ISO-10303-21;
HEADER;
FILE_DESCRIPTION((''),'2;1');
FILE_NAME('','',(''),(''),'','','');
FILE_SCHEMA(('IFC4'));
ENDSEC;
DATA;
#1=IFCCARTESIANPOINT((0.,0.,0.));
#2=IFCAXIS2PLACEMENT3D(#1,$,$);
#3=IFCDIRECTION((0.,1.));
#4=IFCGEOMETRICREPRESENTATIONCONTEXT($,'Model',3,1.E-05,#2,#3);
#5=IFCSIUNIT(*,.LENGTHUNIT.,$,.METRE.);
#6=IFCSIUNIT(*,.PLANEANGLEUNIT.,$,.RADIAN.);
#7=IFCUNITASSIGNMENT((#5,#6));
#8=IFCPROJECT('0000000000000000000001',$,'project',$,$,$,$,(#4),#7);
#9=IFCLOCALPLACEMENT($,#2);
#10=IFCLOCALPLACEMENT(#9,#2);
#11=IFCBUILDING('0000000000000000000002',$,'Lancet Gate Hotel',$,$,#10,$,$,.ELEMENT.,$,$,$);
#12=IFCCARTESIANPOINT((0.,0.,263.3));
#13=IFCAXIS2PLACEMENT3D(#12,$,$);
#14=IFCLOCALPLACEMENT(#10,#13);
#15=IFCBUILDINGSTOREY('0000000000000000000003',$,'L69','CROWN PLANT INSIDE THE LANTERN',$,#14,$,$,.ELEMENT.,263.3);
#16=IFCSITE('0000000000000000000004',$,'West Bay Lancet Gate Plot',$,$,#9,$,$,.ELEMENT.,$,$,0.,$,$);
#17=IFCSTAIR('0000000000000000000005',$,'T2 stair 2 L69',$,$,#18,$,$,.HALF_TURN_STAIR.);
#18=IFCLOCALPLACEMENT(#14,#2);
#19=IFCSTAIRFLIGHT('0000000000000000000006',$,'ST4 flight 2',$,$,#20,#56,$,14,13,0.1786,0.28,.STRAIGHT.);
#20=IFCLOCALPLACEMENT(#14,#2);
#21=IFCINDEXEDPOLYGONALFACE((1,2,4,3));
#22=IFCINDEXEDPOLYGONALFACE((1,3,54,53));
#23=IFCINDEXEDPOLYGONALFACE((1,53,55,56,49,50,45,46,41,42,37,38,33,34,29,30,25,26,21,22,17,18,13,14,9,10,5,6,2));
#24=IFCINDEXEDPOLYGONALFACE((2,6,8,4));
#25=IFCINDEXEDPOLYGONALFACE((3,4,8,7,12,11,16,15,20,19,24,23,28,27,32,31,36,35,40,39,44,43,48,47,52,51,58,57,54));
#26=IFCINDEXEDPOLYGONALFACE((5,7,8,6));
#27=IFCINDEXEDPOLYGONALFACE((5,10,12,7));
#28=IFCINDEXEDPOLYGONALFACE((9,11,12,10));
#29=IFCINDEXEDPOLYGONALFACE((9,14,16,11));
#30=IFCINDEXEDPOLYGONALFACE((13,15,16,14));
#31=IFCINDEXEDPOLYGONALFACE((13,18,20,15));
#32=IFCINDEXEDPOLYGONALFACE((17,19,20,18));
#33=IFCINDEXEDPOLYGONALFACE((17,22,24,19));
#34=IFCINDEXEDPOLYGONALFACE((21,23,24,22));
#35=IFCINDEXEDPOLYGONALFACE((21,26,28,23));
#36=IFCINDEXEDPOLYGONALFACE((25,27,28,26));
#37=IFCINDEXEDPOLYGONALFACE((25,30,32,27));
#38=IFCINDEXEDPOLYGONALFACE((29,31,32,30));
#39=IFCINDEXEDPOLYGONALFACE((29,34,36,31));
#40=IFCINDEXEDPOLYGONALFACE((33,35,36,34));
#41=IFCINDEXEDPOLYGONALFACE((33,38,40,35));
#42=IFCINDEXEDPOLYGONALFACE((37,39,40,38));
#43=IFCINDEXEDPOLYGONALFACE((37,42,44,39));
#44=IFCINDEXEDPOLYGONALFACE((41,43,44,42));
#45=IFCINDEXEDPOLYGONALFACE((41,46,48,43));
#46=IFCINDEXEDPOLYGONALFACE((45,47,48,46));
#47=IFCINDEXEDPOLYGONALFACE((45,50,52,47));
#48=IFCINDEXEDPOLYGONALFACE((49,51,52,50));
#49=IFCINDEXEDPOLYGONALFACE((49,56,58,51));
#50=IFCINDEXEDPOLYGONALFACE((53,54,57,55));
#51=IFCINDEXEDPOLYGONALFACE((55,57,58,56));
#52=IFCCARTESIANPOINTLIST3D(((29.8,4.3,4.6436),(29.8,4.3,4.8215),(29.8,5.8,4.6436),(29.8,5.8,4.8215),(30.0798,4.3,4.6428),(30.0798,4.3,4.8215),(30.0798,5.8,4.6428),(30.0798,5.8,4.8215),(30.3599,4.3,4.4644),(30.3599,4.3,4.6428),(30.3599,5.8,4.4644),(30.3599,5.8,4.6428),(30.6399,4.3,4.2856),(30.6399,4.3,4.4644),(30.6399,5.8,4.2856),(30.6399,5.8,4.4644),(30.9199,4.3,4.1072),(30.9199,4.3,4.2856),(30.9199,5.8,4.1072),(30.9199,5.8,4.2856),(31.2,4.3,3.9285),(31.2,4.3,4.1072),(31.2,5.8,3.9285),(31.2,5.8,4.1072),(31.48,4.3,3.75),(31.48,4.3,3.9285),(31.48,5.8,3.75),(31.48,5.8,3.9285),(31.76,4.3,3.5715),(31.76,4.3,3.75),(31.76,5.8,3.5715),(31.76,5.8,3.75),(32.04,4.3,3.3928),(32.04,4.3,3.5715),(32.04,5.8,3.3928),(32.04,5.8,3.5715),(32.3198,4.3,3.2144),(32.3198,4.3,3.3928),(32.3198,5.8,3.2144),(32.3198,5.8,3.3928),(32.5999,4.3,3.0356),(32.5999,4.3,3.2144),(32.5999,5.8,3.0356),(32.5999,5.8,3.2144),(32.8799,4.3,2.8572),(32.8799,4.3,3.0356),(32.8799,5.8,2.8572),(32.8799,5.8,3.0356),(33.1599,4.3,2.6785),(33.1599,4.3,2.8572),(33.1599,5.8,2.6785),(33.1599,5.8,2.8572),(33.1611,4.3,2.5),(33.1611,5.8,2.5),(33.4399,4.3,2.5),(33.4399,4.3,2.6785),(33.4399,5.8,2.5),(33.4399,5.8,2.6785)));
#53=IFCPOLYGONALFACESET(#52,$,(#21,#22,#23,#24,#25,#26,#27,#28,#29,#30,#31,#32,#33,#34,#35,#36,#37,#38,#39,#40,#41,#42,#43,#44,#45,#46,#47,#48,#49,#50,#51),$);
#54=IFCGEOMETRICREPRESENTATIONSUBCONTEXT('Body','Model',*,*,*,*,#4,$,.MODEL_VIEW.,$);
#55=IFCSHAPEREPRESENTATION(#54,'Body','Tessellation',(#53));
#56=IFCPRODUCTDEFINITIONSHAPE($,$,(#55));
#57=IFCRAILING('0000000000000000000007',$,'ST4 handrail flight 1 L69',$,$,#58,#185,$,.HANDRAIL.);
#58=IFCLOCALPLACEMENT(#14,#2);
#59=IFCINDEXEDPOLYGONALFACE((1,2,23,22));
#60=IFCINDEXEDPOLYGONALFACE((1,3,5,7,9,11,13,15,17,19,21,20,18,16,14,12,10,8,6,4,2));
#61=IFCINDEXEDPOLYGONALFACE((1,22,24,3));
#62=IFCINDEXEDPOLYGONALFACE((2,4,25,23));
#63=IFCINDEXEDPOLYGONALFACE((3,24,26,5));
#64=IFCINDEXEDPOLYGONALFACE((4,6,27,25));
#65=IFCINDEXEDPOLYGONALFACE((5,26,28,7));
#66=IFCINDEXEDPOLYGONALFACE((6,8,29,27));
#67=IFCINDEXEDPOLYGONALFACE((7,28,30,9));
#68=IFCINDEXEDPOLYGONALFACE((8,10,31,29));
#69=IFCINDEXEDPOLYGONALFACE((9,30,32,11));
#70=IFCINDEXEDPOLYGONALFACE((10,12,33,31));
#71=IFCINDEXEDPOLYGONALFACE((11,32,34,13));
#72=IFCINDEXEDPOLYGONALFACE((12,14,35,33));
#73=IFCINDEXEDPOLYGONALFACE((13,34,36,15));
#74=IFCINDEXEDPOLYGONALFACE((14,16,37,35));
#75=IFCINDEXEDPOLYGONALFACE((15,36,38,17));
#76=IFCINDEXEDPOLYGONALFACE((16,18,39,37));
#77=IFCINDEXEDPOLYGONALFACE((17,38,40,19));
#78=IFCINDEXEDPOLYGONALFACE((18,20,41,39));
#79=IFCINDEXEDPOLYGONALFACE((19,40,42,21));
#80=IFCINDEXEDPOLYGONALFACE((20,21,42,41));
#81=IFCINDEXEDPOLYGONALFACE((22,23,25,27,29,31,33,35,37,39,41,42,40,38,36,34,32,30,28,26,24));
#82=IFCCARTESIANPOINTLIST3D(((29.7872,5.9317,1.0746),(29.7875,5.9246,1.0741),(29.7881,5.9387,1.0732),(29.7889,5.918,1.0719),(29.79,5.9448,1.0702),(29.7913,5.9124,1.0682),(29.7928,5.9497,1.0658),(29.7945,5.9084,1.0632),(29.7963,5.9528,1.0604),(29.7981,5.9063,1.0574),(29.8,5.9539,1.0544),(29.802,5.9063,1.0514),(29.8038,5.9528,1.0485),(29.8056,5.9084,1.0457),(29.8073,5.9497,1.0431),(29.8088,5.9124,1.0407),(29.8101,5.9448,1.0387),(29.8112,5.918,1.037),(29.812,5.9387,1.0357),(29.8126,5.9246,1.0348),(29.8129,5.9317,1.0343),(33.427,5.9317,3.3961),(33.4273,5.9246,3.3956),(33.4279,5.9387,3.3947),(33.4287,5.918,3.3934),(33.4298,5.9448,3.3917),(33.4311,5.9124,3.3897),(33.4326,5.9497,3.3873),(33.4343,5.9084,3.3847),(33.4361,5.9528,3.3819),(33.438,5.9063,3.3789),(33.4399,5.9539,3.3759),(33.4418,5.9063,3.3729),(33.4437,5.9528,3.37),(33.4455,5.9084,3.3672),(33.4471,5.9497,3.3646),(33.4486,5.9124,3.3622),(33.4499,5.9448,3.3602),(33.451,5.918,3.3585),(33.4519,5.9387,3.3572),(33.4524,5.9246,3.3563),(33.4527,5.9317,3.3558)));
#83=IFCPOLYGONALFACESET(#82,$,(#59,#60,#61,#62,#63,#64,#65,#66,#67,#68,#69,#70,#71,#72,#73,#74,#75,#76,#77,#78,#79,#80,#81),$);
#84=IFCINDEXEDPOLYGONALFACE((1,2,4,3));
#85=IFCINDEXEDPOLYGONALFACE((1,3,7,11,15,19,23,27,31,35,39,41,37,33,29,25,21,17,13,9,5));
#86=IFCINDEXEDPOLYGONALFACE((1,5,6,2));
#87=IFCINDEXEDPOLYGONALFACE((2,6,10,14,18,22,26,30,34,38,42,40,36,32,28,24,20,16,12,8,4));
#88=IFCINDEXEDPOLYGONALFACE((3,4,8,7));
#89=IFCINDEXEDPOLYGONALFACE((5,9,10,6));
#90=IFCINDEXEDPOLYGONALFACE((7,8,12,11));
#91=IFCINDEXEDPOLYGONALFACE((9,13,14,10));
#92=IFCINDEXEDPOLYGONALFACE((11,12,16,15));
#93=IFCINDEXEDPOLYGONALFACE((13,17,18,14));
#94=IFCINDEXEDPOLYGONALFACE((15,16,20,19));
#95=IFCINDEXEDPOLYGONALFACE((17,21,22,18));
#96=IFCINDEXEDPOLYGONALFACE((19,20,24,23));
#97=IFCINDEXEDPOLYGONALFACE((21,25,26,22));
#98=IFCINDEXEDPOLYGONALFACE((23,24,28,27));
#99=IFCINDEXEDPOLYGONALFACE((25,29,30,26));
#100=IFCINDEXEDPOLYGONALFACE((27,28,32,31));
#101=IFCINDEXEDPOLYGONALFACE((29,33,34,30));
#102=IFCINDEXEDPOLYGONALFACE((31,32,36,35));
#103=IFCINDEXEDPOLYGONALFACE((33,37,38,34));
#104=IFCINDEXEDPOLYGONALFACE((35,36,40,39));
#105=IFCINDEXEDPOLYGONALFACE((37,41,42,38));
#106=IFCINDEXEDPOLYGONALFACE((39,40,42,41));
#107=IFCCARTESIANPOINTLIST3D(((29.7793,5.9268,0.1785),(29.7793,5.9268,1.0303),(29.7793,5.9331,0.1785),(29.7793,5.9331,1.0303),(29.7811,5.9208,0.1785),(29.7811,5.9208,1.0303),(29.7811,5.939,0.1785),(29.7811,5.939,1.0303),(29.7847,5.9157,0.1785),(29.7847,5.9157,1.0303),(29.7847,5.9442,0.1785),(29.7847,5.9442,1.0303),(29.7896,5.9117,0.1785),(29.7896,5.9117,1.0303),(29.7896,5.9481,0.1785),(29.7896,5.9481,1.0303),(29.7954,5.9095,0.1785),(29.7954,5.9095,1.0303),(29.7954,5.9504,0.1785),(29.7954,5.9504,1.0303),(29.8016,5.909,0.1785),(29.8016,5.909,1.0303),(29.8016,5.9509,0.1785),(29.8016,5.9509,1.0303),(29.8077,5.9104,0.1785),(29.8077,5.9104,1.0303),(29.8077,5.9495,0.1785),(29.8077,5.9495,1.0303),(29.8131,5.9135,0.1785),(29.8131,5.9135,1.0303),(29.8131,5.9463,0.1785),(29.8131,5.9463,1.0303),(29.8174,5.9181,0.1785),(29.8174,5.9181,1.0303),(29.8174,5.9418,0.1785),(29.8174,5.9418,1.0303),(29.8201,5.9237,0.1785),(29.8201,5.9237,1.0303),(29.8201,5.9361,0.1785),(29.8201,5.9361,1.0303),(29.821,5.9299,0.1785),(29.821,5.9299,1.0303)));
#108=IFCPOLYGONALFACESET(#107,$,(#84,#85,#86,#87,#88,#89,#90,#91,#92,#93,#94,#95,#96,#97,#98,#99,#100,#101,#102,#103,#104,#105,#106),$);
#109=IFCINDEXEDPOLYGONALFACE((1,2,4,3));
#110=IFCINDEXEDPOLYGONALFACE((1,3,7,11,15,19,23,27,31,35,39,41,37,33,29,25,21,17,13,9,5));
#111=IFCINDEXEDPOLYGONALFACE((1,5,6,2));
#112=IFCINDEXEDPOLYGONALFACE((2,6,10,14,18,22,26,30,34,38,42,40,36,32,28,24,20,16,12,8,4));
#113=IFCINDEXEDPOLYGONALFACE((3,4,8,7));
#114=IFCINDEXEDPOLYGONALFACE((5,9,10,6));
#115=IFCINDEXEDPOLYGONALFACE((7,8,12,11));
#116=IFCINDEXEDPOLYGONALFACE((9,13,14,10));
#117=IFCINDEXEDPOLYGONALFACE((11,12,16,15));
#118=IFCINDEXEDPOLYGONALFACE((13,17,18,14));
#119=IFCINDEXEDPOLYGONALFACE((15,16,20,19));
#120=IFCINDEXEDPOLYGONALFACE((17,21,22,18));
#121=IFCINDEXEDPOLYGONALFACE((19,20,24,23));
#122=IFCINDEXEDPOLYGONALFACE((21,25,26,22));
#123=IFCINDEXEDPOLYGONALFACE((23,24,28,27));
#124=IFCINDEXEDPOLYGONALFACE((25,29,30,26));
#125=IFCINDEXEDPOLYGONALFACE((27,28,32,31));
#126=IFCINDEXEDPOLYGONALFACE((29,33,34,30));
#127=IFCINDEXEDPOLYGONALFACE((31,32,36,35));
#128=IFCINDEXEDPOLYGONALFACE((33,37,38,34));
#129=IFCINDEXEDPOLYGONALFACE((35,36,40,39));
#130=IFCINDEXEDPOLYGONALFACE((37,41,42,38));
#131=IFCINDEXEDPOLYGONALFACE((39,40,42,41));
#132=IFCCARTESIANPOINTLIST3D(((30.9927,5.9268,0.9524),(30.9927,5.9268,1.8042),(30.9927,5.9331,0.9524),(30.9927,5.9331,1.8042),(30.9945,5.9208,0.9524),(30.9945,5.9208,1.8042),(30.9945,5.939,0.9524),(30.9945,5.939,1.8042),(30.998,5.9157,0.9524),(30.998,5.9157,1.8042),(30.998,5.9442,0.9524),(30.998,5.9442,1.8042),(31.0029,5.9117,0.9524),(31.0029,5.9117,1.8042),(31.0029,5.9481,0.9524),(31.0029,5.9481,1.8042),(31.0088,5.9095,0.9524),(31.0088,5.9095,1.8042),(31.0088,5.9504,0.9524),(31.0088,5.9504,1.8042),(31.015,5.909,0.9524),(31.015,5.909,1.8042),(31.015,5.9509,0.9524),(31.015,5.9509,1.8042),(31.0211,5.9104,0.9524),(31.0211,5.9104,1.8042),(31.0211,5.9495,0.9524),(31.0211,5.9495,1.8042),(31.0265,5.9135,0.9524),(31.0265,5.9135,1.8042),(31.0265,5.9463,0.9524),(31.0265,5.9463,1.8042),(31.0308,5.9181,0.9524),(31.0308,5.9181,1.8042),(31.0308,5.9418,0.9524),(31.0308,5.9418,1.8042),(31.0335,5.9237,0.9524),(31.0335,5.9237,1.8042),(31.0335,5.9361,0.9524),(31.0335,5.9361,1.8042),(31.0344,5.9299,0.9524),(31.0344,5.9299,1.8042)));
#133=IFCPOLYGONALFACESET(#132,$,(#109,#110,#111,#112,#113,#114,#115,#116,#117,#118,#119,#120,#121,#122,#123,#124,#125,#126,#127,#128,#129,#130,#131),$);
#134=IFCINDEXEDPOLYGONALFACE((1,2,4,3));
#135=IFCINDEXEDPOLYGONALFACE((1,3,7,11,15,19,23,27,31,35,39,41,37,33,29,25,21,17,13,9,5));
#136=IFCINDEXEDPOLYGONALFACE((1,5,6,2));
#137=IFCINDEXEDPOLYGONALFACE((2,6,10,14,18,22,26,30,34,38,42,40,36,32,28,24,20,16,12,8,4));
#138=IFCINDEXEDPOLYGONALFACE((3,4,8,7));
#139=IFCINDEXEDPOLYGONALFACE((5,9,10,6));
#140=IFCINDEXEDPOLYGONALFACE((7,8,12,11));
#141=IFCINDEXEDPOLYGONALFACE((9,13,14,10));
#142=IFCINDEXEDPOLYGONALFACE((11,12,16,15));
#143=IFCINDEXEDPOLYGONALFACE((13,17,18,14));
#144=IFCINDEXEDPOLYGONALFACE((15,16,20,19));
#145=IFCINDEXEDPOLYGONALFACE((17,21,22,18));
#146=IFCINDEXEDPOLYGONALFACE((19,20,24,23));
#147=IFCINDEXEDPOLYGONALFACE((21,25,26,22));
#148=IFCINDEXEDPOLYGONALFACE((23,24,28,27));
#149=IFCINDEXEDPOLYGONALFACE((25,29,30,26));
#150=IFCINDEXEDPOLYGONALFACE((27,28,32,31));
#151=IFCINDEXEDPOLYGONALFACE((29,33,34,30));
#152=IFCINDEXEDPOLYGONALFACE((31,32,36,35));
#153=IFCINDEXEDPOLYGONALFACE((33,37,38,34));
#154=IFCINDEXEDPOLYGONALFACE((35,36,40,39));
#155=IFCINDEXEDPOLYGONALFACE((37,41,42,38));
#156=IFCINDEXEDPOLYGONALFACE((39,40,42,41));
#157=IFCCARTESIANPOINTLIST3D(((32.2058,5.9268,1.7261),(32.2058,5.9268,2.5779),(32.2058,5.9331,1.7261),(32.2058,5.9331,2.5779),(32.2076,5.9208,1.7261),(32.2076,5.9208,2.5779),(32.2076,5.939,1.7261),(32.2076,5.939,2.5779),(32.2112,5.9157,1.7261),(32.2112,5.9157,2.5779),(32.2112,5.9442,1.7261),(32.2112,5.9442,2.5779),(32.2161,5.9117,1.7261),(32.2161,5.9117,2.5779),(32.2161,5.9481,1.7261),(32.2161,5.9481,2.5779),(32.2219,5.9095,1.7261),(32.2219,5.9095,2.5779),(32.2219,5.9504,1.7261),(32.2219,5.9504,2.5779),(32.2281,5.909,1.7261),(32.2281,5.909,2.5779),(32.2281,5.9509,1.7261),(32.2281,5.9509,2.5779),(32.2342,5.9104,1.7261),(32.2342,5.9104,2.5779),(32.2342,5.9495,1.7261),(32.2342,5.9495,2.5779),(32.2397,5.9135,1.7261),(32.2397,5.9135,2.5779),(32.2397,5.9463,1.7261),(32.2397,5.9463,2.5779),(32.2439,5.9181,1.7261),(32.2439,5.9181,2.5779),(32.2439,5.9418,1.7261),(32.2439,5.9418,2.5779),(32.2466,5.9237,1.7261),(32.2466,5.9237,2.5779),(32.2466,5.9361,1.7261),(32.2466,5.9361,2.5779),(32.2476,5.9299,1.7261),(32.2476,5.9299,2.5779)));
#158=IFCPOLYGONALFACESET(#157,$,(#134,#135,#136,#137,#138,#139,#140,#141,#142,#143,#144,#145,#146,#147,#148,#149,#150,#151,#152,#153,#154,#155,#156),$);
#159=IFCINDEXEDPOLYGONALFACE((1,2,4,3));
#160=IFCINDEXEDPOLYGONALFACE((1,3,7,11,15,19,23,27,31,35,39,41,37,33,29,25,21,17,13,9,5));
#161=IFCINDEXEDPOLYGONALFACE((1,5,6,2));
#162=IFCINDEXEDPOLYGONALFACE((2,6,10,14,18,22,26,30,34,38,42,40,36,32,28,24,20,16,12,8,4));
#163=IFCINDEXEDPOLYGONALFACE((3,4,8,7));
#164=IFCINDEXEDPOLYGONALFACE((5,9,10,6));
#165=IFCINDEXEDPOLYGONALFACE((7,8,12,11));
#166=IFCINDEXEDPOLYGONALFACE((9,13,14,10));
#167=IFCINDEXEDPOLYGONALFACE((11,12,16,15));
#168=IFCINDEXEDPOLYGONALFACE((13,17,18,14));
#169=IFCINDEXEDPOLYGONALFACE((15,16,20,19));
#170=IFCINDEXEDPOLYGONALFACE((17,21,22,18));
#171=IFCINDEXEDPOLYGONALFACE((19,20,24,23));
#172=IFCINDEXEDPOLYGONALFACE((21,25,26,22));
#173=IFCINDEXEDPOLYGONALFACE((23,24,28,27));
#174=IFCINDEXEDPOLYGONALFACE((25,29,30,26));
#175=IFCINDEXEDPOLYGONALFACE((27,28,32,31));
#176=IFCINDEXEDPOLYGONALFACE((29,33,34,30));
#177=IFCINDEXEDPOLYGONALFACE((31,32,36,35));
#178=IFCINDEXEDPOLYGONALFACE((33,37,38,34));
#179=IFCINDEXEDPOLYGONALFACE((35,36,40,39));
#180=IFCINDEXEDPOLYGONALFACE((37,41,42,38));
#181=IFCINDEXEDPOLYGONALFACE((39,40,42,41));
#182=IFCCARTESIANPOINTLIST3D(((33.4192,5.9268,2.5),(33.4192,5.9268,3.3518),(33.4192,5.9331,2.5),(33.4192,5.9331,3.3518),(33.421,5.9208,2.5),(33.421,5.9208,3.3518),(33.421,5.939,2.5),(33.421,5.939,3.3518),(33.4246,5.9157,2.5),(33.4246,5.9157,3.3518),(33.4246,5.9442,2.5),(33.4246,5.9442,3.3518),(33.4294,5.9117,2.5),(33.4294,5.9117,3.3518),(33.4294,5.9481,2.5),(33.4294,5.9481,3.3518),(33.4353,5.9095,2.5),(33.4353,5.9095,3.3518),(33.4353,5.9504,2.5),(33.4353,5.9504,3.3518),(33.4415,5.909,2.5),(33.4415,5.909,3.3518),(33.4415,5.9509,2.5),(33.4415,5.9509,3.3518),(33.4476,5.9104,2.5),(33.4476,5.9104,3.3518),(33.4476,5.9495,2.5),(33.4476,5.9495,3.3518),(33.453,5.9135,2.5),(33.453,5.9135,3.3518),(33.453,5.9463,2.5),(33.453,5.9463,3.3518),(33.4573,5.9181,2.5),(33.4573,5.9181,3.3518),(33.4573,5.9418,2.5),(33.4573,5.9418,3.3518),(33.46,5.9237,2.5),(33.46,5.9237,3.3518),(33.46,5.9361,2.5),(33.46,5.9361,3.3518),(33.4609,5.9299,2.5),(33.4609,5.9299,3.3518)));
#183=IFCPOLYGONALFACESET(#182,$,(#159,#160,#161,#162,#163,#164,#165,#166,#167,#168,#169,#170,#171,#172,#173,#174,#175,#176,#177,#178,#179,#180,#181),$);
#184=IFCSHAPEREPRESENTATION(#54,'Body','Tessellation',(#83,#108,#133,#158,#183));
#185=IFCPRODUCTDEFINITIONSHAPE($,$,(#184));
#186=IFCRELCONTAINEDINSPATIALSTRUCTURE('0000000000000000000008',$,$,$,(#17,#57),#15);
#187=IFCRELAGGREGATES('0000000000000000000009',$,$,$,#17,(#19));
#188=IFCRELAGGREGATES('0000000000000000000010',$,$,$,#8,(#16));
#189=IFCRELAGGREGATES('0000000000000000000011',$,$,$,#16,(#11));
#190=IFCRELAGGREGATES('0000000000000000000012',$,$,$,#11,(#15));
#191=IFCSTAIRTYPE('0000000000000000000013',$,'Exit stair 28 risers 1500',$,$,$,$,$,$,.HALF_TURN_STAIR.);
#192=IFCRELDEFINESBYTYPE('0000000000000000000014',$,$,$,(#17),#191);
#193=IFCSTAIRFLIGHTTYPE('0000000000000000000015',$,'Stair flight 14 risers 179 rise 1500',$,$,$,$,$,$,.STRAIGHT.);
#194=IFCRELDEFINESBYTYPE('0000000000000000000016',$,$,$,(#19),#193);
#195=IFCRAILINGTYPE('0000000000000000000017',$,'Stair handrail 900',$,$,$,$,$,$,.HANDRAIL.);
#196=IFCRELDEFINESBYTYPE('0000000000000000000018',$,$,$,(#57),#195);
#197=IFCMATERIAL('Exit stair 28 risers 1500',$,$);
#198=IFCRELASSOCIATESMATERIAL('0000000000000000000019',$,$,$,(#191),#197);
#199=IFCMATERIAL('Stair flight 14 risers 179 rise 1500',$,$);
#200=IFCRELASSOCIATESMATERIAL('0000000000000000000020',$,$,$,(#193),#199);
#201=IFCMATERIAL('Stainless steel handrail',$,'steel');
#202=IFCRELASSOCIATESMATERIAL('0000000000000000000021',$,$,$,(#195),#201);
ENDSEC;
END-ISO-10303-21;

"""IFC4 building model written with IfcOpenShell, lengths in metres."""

from ifc_helpers import new_model, si_unit, direction, frame, origin, origin_2d, place, context, subcontext, project, spatial, polyline, circle, outline, extrude, material, type_object, element, aggregate, save


model = new_model("IFC4")

# Units and contexts
model_context = context("Model", 3, precision=1e-05, world=origin(), true_north=direction((0.0, 1.0)))
body_context = subcontext(model_context, "Body", "Model", "MODEL_VIEW")
ifc_project = project(units=[si_unit("LENGTHUNIT", "METRE"), si_unit("PLANEANGLEUNIT", "RADIAN")], contexts=[model_context])

# Site, building, storey
site_placement = place(None, origin())
site = spatial("IfcSite", under=ifc_project, at=site_placement, Name="West Bay Lancet Gate Plot", CompositionType="ELEMENT", RefElevation=0.0)
building_placement = place(site_placement, origin())
building = spatial("IfcBuilding", under=site, at=building_placement, Name="Lancet Gate Hotel", CompositionType="ELEMENT")
storey_placement = place(building_placement, frame((0.0, 0.0, 263.3)))
storey = spatial("IfcBuildingStorey", under=building, at=storey_placement, Name="L69", Description="CROWN PLANT INSIDE THE LANTERN", CompositionType="ELEMENT", Elevation=263.3)

# Stair, stair flight
ifc_material_1 = material(Name="Exit stair 28 risers 1500")
stair_type = type_object("IfcStairType", Name="Exit stair 28 risers 1500", PredefinedType="HALF_TURN_STAIR", material=ifc_material_1)
stair_placement = place(storey_placement, origin())
stair = element("IfcStair", 1, at=stair_placement, inside=storey, type_object=stair_type, Name="T2 stair 2 L69", PredefinedType="HALF_TURN_STAIR")
ifc_material_2 = material(Name="Stair flight 14 risers 179 rise 1500")
stair_flight_type = type_object("IfcStairFlightType", Name="Stair flight 14 risers 179 rise 1500", PredefinedType="STRAIGHT", material=ifc_material_2)
stair_flight_1_placement = place(storey_placement, frame((33.4399, 5.05, 2.5), z_axis=(0.0, 0.0, 1.0), x_axis=(-1.0, 0.0, 0.0)))
stair_flight_1 = element("IfcStairFlight", 2, at=stair_flight_1_placement, type_object=stair_flight_type, Name="ST4 flight 2", NumberOfRisers=14, NumberOfTreads=13, PredefinedType="STRAIGHT", RiserHeight=0.1786, TreadLength=0.28, context=body_context, shape_type="SweptSolid", body=[
    extrude(outline(polyline([(0.0, 0.0), (0.0, 0.1785), (0.28, 0.1785), (0.28, 0.3572), (0.5601, 0.3572), (0.5601, 0.5356), (0.8401, 0.5356), (0.8401, 0.7144), (1.1201, 0.7144), (1.1201, 0.8928), (1.3999, 0.8928), (1.3999, 1.0715), (1.6799, 1.0715), (1.6799, 1.25), (1.96, 1.25), (1.96, 1.4285), (2.24, 1.4285), (2.24, 1.6072), (2.52, 1.6072), (2.52, 1.7856), (2.8, 1.7856), (2.8, 1.9644), (3.0801, 1.9644), (3.0801, 2.1428), (3.3601, 2.1428), (3.3601, 2.3215), (3.6399, 2.3215), (3.6399, 2.5), (3.6399, 2.1436), (0.2788, 0.0), (0.0, 0.0)])), frame((0.0, 0.75, 0.0), z_axis=(0.0, -1.0, 0.0), x_axis=(1.0, 0.0, 0.0)), (0.0, 0.0, 1.0), 1.5),
])
aggregate(stair, [stair_flight_1])

# Railing
ifc_material_3 = material(Name="Stainless steel handrail", Category="steel")
railing_type = type_object("IfcRailingType", Name="Stair handrail 900", PredefinedType="HANDRAIL", material=ifc_material_3)
railing_1_placement = place(storey_placement, frame((29.8, 5.9299, 0.1785)))
element("IfcRailing", 3, at=railing_1_placement, inside=storey, type_object=railing_type, Name="ST4 handrail flight 1 L69", PredefinedType="HANDRAIL", context=body_context, shape_type="SweptSolid", body=[
    extrude(circle(Radius=0.0239, at=origin_2d()), frame((0.0, 0.0, 0.876), z_axis=(0.843112, 0.0, 0.537739), x_axis=(0.0, 1.0, 0.0)), (0.0, 0.0, 1.0), 4.3171),
    extrude(circle(Radius=0.021, at=origin_2d()), origin(), (0.0, 0.0, 1.0), 0.8518),
    extrude(circle(Radius=0.021, at=origin_2d()), frame((1.2134, 0.0, 0.7739)), (0.0, 0.0, 1.0), 0.8518),
    extrude(circle(Radius=0.021, at=origin_2d()), frame((2.4265, 0.0, 1.5476)), (0.0, 0.0, 1.0), 0.8518),
    extrude(circle(Radius=0.021, at=origin_2d()), frame((3.6399, 0.0, 2.3215)), (0.0, 0.0, 1.0), 0.8518),
])

save(model, "model.ifc")
